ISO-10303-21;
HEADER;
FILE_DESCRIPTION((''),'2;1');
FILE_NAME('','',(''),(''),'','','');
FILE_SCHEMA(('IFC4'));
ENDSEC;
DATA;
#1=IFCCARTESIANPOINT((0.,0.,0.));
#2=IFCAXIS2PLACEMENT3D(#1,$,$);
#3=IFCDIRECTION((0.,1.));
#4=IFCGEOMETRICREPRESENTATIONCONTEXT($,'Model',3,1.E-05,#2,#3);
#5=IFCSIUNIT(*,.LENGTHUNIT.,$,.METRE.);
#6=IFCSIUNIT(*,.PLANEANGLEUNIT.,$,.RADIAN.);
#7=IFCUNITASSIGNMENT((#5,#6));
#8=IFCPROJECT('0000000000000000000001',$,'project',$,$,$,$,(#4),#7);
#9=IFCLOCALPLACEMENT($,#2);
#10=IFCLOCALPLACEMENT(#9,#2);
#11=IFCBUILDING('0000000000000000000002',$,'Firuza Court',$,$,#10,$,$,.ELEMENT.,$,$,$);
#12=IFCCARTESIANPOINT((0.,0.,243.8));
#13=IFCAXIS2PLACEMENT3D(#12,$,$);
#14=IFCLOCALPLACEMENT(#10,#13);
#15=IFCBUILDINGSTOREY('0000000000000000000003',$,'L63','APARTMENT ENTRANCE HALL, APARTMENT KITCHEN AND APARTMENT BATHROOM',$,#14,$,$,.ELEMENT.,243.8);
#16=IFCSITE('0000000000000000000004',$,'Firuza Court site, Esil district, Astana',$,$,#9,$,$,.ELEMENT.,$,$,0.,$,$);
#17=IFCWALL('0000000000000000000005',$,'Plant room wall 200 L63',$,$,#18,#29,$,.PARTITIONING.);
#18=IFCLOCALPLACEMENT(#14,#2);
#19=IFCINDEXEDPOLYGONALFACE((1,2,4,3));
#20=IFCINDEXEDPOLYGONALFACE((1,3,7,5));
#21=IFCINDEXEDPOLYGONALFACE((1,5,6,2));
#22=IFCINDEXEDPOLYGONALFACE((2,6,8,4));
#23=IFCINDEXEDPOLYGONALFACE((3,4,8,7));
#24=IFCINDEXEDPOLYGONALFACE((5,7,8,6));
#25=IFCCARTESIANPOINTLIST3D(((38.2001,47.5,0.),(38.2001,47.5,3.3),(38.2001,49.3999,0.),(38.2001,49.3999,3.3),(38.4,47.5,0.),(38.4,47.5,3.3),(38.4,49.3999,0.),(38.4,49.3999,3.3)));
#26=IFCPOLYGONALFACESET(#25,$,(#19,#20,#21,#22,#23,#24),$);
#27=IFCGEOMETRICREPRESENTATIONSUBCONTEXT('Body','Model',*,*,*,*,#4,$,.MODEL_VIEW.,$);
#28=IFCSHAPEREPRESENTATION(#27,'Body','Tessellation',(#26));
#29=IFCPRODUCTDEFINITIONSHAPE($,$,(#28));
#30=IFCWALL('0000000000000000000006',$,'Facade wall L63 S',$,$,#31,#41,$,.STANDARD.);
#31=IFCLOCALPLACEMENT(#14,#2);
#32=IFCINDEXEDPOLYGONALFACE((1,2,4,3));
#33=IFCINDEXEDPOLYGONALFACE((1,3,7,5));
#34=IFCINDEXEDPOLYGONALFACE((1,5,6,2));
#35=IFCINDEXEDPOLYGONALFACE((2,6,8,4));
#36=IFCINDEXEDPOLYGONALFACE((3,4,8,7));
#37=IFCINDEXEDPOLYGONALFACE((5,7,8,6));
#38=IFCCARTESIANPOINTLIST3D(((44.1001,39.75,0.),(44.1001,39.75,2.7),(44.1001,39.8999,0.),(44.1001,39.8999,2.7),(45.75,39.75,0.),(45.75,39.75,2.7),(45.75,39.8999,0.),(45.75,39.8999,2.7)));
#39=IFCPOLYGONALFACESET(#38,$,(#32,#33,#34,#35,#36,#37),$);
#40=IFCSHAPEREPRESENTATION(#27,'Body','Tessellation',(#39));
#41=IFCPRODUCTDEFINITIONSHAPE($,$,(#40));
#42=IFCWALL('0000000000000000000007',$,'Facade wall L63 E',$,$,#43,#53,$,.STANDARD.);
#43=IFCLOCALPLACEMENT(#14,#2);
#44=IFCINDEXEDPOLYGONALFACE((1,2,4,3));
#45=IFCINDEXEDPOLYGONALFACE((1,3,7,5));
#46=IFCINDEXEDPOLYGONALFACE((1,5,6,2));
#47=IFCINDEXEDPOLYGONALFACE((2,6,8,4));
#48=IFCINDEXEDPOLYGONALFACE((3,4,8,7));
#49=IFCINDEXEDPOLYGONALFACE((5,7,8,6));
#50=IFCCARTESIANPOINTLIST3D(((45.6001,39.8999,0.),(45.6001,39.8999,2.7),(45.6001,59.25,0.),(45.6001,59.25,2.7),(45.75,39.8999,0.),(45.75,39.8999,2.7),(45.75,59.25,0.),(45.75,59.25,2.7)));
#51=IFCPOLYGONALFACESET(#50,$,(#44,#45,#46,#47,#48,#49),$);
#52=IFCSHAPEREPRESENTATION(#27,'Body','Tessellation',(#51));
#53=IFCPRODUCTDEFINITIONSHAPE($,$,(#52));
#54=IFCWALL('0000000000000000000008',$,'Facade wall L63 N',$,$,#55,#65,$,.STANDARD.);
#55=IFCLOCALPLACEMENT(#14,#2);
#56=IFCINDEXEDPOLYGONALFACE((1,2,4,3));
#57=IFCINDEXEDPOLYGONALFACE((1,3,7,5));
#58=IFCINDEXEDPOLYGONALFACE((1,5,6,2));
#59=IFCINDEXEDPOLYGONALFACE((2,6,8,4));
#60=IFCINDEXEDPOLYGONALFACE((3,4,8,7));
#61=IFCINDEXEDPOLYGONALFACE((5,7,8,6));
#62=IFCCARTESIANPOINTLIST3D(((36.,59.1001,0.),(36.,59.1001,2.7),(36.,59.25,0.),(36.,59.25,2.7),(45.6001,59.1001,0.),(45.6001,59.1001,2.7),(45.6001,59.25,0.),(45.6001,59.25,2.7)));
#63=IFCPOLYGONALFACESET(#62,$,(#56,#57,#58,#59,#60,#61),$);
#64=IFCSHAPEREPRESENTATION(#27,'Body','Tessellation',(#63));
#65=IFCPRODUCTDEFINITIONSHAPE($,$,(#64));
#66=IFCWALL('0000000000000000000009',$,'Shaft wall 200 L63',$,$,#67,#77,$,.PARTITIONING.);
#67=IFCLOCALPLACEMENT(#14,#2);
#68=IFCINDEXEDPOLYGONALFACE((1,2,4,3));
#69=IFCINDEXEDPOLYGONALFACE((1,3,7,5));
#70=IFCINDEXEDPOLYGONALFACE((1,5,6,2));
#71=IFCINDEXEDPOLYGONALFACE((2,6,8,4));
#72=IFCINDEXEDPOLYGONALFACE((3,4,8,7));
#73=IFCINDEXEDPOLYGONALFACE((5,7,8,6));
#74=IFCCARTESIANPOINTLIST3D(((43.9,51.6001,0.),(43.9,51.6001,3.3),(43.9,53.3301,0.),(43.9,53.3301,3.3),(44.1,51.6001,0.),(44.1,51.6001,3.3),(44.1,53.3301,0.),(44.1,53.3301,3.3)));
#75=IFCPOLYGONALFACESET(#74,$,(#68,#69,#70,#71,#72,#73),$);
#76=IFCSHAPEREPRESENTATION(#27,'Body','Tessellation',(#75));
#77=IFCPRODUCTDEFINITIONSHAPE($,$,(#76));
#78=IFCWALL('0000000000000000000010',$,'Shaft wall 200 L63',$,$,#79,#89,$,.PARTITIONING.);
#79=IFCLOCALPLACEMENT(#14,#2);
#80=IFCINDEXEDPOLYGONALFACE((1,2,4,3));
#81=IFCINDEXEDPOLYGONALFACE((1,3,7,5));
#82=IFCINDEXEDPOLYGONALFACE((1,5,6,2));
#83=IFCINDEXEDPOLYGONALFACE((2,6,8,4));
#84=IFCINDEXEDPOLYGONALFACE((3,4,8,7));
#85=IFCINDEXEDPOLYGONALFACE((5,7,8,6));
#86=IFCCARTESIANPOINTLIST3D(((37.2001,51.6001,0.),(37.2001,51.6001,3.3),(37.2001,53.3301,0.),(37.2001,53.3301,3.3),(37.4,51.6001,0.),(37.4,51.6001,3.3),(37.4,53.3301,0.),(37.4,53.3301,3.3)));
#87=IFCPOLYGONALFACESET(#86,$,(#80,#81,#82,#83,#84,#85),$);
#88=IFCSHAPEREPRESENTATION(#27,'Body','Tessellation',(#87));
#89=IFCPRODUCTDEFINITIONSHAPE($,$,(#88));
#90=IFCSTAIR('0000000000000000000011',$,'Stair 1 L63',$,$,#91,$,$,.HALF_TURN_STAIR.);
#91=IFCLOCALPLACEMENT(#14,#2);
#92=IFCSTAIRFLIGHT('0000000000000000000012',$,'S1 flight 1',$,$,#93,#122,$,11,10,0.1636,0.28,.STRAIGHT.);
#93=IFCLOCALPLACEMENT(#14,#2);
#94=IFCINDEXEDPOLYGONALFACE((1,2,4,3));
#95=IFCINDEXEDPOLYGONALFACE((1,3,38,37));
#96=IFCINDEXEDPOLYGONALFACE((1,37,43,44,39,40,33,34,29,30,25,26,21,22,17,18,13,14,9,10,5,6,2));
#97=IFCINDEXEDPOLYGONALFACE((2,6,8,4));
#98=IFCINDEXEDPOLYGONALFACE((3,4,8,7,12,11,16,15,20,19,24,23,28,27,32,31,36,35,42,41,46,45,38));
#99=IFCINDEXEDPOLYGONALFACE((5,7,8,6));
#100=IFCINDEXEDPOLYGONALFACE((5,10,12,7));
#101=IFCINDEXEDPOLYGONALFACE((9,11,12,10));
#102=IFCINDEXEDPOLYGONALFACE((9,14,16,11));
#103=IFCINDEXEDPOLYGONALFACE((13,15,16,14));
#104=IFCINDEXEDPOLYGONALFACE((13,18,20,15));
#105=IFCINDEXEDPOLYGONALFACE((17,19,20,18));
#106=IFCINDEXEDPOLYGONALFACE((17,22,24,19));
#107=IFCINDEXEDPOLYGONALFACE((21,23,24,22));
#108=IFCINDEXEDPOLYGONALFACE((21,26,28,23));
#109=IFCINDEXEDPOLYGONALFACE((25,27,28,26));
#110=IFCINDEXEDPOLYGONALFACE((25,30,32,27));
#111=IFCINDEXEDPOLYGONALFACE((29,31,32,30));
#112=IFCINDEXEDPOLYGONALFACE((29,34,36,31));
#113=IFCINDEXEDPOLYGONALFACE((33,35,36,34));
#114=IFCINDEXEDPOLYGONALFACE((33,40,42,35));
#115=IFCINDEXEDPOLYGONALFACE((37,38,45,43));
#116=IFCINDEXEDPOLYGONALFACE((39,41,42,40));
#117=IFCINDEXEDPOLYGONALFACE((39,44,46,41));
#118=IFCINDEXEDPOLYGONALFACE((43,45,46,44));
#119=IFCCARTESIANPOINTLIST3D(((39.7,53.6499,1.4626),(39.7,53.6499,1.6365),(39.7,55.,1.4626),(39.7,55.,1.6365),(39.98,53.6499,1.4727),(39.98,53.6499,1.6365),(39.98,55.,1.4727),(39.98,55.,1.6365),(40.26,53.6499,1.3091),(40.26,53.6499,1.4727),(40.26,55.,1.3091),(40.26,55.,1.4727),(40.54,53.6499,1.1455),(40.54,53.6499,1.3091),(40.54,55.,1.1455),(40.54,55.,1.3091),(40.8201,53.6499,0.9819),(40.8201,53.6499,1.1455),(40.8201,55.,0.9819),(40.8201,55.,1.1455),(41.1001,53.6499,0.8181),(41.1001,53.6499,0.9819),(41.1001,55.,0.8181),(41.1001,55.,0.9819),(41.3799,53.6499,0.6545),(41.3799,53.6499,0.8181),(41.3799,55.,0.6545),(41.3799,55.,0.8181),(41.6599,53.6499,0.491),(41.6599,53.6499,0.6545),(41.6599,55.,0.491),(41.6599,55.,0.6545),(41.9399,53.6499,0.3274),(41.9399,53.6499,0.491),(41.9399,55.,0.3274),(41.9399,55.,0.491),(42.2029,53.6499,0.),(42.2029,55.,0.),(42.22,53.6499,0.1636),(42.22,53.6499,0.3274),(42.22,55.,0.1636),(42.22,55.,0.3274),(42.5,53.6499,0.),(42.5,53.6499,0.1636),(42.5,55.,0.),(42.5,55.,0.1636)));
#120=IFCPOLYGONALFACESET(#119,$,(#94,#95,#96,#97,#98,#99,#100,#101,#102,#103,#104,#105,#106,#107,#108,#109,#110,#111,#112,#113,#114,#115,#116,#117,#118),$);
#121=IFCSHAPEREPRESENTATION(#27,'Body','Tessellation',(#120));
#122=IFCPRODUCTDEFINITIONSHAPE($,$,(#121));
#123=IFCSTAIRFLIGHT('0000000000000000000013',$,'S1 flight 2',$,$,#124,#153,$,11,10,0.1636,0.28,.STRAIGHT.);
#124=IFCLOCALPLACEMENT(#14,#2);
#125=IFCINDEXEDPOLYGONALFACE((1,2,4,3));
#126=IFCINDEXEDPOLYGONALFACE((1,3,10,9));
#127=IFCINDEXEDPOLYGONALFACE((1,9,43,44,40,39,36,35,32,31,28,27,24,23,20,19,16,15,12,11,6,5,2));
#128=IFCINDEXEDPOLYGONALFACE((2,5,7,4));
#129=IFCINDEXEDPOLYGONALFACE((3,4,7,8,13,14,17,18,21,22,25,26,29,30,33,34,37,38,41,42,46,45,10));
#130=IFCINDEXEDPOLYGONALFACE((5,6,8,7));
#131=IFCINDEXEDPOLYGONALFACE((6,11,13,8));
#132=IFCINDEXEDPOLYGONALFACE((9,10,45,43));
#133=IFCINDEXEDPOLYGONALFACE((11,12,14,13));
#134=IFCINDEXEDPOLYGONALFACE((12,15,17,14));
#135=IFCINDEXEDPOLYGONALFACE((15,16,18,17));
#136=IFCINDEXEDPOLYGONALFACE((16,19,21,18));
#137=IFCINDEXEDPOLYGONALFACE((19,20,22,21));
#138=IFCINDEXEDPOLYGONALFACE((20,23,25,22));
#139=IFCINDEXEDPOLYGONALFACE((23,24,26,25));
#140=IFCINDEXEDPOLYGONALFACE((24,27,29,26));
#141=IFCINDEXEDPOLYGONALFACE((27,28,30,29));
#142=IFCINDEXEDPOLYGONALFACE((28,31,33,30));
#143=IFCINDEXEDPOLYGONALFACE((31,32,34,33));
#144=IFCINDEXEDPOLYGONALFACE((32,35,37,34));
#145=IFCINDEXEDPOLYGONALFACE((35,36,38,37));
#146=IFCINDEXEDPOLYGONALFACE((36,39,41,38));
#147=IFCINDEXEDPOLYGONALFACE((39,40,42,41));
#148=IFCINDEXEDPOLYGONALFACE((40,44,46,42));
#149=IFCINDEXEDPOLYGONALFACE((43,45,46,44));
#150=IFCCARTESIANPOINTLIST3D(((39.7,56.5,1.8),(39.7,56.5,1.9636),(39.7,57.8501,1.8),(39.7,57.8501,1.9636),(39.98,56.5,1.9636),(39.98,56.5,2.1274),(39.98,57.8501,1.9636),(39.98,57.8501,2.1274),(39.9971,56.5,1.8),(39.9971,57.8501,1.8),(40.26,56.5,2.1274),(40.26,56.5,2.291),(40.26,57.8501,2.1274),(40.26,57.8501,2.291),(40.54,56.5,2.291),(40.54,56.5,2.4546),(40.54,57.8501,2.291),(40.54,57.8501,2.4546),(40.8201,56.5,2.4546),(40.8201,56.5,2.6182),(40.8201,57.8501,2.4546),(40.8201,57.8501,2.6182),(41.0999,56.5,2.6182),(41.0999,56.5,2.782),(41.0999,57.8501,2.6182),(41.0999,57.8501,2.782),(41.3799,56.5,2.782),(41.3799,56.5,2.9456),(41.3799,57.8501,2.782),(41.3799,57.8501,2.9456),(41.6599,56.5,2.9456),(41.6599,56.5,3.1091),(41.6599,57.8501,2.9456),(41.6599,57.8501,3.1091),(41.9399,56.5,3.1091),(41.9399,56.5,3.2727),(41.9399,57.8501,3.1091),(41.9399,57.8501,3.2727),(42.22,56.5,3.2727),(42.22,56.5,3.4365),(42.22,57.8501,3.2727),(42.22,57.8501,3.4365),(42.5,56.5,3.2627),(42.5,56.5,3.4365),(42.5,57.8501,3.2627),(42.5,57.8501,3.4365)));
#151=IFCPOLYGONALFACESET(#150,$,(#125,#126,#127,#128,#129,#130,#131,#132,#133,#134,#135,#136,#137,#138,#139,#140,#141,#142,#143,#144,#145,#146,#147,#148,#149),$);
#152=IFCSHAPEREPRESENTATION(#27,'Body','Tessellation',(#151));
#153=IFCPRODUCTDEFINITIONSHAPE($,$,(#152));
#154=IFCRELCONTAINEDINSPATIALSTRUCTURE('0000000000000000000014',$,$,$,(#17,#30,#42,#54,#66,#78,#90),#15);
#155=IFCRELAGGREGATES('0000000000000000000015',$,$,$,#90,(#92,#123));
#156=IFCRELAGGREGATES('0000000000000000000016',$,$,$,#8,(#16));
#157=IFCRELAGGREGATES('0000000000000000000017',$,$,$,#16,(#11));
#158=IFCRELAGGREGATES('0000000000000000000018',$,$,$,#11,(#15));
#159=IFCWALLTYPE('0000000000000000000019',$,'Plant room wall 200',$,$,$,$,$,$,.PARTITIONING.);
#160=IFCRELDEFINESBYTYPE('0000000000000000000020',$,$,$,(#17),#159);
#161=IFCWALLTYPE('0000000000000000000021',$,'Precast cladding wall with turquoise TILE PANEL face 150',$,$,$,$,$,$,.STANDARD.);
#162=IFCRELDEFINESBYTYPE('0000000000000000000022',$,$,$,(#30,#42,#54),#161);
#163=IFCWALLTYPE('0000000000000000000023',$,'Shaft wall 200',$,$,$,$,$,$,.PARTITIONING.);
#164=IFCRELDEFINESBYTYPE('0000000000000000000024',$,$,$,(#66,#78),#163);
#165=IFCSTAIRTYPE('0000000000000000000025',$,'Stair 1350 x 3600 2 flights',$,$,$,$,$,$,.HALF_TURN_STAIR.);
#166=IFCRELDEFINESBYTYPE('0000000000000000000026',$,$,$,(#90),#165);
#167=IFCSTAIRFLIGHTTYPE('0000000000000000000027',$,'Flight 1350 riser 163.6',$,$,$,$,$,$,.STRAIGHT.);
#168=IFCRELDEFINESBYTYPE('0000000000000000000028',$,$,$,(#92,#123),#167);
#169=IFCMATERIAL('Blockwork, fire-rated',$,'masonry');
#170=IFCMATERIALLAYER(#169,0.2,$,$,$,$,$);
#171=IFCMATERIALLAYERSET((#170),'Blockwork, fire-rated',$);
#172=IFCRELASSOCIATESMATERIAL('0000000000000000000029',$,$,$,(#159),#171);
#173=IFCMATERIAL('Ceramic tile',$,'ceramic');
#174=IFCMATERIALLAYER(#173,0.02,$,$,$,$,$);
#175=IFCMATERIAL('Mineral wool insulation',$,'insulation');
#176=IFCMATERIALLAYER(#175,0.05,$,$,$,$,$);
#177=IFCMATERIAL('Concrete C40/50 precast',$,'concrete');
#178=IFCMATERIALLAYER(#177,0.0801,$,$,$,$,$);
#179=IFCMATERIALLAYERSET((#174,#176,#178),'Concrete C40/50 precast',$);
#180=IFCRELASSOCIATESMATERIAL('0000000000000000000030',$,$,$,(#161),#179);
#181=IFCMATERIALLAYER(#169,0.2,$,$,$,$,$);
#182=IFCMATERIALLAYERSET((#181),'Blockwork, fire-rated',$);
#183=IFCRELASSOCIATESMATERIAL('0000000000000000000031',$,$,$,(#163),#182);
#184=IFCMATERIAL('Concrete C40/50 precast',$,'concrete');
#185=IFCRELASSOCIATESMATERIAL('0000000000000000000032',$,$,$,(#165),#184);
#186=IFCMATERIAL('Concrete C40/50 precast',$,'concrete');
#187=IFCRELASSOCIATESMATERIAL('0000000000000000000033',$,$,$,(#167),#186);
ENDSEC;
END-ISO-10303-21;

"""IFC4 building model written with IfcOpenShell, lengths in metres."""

from ifc_helpers import new_model, si_unit, direction, frame, frame_2d, origin, place, context, subcontext, project, spatial, polyline, rectangle, outline, extrude, material, layer, layer_set, type_object, element, aggregate, save


model = new_model("IFC4")

# Units and contexts
model_context = context("Model", 3, precision=1e-05, world=origin(), true_north=direction((0.0, 1.0)))
body_context = subcontext(model_context, "Body", "Model", "MODEL_VIEW")
ifc_project = project(units=[si_unit("LENGTHUNIT", "METRE"), si_unit("PLANEANGLEUNIT", "RADIAN")], contexts=[model_context])

# Site, building, storey
site_placement = place(None, origin())
site = spatial("IfcSite", under=ifc_project, at=site_placement, Name="Firuza Court site, Esil district, Astana", CompositionType="ELEMENT", RefElevation=0.0)
building_placement = place(site_placement, origin())
building = spatial("IfcBuilding", under=site, at=building_placement, Name="Firuza Court", CompositionType="ELEMENT")
storey_placement = place(building_placement, frame((0.0, 0.0, 243.8)))
storey = spatial("IfcBuildingStorey", under=building, at=storey_placement, Name="L63", Description="APARTMENT ENTRANCE HALL, APARTMENT KITCHEN AND APARTMENT BATHROOM", CompositionType="ELEMENT", Elevation=243.8)

# Walls
ifc_material_1 = material(Name="Blockwork, fire-rated", Category="masonry")
ifc_layer_1 = layer(ifc_material_1, 0.2)
ifc_layer_set_1 = layer_set([ifc_layer_1], Name="Blockwork, fire-rated")
wall_type_1 = type_object("IfcWallType", Name="Plant room wall 200", PredefinedType="PARTITIONING", material=ifc_layer_set_1)
wall_1_placement = place(storey_placement, frame((38.3, 47.5, 0.0), z_axis=(0.0, 0.0, 1.0), x_axis=(0.0, 1.0, 0.0)))
element("IfcWall", 1, at=wall_1_placement, inside=storey, type_object=wall_type_1, Name="Plant room wall 200 L63", PredefinedType="PARTITIONING", context=body_context, shape_type="SweptSolid", body=[
    extrude(rectangle(XDim=1.8999, YDim=0.2, at=frame_2d((0.95, 0.0))), origin(), (0.0, 0.0, 1.0), 3.3),
])
ifc_material_2 = material(Name="Ceramic tile", Category="ceramic")
ifc_layer_2 = layer(ifc_material_2, 0.02)
ifc_material_3 = material(Name="Mineral wool insulation", Category="insulation")
ifc_layer_3 = layer(ifc_material_3, 0.05)
ifc_material_4 = material(Name="Concrete C40/50 precast", Category="concrete")
ifc_layer_4 = layer(ifc_material_4, 0.0801)
ifc_layer_set_2 = layer_set([ifc_layer_2, ifc_layer_3, ifc_layer_4], Name="Concrete C40/50 precast")
wall_type_2 = type_object("IfcWallType", Name="Precast cladding wall with turquoise TILE PANEL face 150", PredefinedType="STANDARD", material=ifc_layer_set_2)
wall_2_placement = place(storey_placement, frame((44.1001, 39.825, 0.0), z_axis=(0.0, 0.0, 1.0), x_axis=(1.0, 0.0, 0.0)))
element("IfcWall", 2, at=wall_2_placement, inside=storey, type_object=wall_type_2, Name="Facade wall L63 S", PredefinedType="STANDARD", context=body_context, shape_type="SweptSolid", body=[
    extrude(rectangle(XDim=1.6499, YDim=0.1499, at=frame_2d((0.825, 0.0))), origin(), (0.0, 0.0, 1.0), 2.7),
])
wall_3_placement = place(storey_placement, frame((45.675, 39.8999, 0.0), z_axis=(0.0, 0.0, 1.0), x_axis=(0.0, 1.0, 0.0)))
element("IfcWall", 3, at=wall_3_placement, inside=storey, type_object=wall_type_2, Name="Facade wall L63 E", PredefinedType="STANDARD", context=body_context, shape_type="SweptSolid", body=[
    extrude(rectangle(XDim=19.3501, YDim=0.1499, at=frame_2d((9.675, 0.0))), origin(), (0.0, 0.0, 1.0), 2.7),
])
wall_4_placement = place(storey_placement, frame((45.6001, 59.175, 0.0), z_axis=(0.0, 0.0, 1.0), x_axis=(-1.0, 0.0, 0.0)))
element("IfcWall", 4, at=wall_4_placement, inside=storey, type_object=wall_type_2, Name="Facade wall L63 N", PredefinedType="STANDARD", context=body_context, shape_type="SweptSolid", body=[
    extrude(rectangle(XDim=9.6001, YDim=0.1499, at=frame_2d((4.8, 0.0))), origin(), (0.0, 0.0, 1.0), 2.7),
])
ifc_layer_5 = layer(ifc_material_1, 0.2)
ifc_layer_set_3 = layer_set([ifc_layer_5], Name="Blockwork, fire-rated")
wall_type_3 = type_object("IfcWallType", Name="Shaft wall 200", PredefinedType="PARTITIONING", material=ifc_layer_set_3)
for number, where, z_axis, x_axis, name in (
    (5, (44.0, 51.6001, 0.0), (0.0, 0.0, 1.0), (0.0, 1.0, 0.0), "Shaft wall 200 L63"),
    (6, (37.3, 51.6001, 0.0), (0.0, 0.0, 1.0), (0.0, 1.0, 0.0), "Shaft wall 200 L63"),
):
    element("IfcWall", number, at=place(storey_placement, frame(where, z_axis=z_axis, x_axis=x_axis)), inside=storey, type_object=wall_type_3, Name=name, PredefinedType="PARTITIONING", context=body_context, shape_type="SweptSolid", body=[
        extrude(rectangle(XDim=1.73, YDim=0.2, at=frame_2d((0.865, 0.0))), origin(), (0.0, 0.0, 1.0), 3.3),
    ])

# Stair, stair flights
ifc_material_5 = material(Name="Concrete C40/50 precast", Category="concrete")
stair_type = type_object("IfcStairType", Name="Stair 1350 x 3600 2 flights", PredefinedType="HALF_TURN_STAIR", material=ifc_material_5)
stair_placement = place(storey_placement, origin())
stair = element("IfcStair", 7, at=stair_placement, inside=storey, type_object=stair_type, Name="Stair 1 L63", PredefinedType="HALF_TURN_STAIR")
ifc_material_6 = material(Name="Concrete C40/50 precast", Category="concrete")
stair_flight_type = type_object("IfcStairFlightType", Name="Flight 1350 riser 163.6", PredefinedType="STRAIGHT", material=ifc_material_6)
stair_flight_1_placement = place(storey_placement, frame((42.5, 54.325, 0.0), z_axis=(0.0, 0.0, 1.0), x_axis=(-1.0, 0.0, 0.0)))
stair_flight_1 = element("IfcStairFlight", 8, at=stair_flight_1_placement, type_object=stair_flight_type, Name="S1 flight 1", NumberOfRisers=11, NumberOfTreads=10, PredefinedType="STRAIGHT", RiserHeight=0.1636, TreadLength=0.28, context=body_context, shape_type="SweptSolid", body=[
    extrude(outline(polyline([(0.0, 0.0), (0.0, 0.1636), (0.28, 0.1636), (0.28, 0.3274), (0.5601, 0.3274), (0.5601, 0.491), (0.8401, 0.491), (0.8401, 0.6545), (1.1201, 0.6545), (1.1201, 0.8181), (1.3999, 0.8181), (1.3999, 0.9819), (1.6799, 0.9819), (1.6799, 1.1455), (1.96, 1.1455), (1.96, 1.3091), (2.24, 1.3091), (2.24, 1.4727), (2.52, 1.4727), (2.52, 1.6365), (2.8, 1.6365), (2.8, 1.8), (2.8, 1.4626), (0.2971, 0.0), (0.0, 0.0)])), frame((0.0, 0.675, 0.0), z_axis=(0.0, -1.0, 0.0), x_axis=(1.0, 0.0, 0.0)), (0.0, 0.0, 1.0), 1.3501),
])
stair_flight_2_placement = place(storey_placement, frame((39.7, 57.175, 1.8), z_axis=(0.0, 0.0, 1.0), x_axis=(1.0, 0.0, 0.0)))
stair_flight_2 = element("IfcStairFlight", 9, at=stair_flight_2_placement, type_object=stair_flight_type, Name="S1 flight 2", NumberOfRisers=11, NumberOfTreads=10, PredefinedType="STRAIGHT", RiserHeight=0.1636, TreadLength=0.28, context=body_context, shape_type="SweptSolid", body=[
    extrude(outline(polyline([(0.0, 0.0), (0.0, 0.1636), (0.28, 0.1636), (0.28, 0.3274), (0.5601, 0.3274), (0.5601, 0.491), (0.8401, 0.491), (0.8401, 0.6545), (1.1201, 0.6545), (1.1201, 0.8181), (1.3999, 0.8181), (1.3999, 0.9819), (1.6799, 0.9819), (1.6799, 1.1455), (1.96, 1.1455), (1.96, 1.3091), (2.24, 1.3091), (2.24, 1.4727), (2.52, 1.4727), (2.52, 1.6365), (2.8, 1.6365), (2.8, 1.8), (2.8, 1.4626), (0.2971, 0.0), (0.0, 0.0)])), frame((0.0, 0.675, 0.0), z_axis=(0.0, -1.0, 0.0), x_axis=(1.0, 0.0, 0.0)), (0.0, 0.0, 1.0), 1.3501),
])
aggregate(stair, [stair_flight_1, stair_flight_2])

save(model, "model.ifc")
